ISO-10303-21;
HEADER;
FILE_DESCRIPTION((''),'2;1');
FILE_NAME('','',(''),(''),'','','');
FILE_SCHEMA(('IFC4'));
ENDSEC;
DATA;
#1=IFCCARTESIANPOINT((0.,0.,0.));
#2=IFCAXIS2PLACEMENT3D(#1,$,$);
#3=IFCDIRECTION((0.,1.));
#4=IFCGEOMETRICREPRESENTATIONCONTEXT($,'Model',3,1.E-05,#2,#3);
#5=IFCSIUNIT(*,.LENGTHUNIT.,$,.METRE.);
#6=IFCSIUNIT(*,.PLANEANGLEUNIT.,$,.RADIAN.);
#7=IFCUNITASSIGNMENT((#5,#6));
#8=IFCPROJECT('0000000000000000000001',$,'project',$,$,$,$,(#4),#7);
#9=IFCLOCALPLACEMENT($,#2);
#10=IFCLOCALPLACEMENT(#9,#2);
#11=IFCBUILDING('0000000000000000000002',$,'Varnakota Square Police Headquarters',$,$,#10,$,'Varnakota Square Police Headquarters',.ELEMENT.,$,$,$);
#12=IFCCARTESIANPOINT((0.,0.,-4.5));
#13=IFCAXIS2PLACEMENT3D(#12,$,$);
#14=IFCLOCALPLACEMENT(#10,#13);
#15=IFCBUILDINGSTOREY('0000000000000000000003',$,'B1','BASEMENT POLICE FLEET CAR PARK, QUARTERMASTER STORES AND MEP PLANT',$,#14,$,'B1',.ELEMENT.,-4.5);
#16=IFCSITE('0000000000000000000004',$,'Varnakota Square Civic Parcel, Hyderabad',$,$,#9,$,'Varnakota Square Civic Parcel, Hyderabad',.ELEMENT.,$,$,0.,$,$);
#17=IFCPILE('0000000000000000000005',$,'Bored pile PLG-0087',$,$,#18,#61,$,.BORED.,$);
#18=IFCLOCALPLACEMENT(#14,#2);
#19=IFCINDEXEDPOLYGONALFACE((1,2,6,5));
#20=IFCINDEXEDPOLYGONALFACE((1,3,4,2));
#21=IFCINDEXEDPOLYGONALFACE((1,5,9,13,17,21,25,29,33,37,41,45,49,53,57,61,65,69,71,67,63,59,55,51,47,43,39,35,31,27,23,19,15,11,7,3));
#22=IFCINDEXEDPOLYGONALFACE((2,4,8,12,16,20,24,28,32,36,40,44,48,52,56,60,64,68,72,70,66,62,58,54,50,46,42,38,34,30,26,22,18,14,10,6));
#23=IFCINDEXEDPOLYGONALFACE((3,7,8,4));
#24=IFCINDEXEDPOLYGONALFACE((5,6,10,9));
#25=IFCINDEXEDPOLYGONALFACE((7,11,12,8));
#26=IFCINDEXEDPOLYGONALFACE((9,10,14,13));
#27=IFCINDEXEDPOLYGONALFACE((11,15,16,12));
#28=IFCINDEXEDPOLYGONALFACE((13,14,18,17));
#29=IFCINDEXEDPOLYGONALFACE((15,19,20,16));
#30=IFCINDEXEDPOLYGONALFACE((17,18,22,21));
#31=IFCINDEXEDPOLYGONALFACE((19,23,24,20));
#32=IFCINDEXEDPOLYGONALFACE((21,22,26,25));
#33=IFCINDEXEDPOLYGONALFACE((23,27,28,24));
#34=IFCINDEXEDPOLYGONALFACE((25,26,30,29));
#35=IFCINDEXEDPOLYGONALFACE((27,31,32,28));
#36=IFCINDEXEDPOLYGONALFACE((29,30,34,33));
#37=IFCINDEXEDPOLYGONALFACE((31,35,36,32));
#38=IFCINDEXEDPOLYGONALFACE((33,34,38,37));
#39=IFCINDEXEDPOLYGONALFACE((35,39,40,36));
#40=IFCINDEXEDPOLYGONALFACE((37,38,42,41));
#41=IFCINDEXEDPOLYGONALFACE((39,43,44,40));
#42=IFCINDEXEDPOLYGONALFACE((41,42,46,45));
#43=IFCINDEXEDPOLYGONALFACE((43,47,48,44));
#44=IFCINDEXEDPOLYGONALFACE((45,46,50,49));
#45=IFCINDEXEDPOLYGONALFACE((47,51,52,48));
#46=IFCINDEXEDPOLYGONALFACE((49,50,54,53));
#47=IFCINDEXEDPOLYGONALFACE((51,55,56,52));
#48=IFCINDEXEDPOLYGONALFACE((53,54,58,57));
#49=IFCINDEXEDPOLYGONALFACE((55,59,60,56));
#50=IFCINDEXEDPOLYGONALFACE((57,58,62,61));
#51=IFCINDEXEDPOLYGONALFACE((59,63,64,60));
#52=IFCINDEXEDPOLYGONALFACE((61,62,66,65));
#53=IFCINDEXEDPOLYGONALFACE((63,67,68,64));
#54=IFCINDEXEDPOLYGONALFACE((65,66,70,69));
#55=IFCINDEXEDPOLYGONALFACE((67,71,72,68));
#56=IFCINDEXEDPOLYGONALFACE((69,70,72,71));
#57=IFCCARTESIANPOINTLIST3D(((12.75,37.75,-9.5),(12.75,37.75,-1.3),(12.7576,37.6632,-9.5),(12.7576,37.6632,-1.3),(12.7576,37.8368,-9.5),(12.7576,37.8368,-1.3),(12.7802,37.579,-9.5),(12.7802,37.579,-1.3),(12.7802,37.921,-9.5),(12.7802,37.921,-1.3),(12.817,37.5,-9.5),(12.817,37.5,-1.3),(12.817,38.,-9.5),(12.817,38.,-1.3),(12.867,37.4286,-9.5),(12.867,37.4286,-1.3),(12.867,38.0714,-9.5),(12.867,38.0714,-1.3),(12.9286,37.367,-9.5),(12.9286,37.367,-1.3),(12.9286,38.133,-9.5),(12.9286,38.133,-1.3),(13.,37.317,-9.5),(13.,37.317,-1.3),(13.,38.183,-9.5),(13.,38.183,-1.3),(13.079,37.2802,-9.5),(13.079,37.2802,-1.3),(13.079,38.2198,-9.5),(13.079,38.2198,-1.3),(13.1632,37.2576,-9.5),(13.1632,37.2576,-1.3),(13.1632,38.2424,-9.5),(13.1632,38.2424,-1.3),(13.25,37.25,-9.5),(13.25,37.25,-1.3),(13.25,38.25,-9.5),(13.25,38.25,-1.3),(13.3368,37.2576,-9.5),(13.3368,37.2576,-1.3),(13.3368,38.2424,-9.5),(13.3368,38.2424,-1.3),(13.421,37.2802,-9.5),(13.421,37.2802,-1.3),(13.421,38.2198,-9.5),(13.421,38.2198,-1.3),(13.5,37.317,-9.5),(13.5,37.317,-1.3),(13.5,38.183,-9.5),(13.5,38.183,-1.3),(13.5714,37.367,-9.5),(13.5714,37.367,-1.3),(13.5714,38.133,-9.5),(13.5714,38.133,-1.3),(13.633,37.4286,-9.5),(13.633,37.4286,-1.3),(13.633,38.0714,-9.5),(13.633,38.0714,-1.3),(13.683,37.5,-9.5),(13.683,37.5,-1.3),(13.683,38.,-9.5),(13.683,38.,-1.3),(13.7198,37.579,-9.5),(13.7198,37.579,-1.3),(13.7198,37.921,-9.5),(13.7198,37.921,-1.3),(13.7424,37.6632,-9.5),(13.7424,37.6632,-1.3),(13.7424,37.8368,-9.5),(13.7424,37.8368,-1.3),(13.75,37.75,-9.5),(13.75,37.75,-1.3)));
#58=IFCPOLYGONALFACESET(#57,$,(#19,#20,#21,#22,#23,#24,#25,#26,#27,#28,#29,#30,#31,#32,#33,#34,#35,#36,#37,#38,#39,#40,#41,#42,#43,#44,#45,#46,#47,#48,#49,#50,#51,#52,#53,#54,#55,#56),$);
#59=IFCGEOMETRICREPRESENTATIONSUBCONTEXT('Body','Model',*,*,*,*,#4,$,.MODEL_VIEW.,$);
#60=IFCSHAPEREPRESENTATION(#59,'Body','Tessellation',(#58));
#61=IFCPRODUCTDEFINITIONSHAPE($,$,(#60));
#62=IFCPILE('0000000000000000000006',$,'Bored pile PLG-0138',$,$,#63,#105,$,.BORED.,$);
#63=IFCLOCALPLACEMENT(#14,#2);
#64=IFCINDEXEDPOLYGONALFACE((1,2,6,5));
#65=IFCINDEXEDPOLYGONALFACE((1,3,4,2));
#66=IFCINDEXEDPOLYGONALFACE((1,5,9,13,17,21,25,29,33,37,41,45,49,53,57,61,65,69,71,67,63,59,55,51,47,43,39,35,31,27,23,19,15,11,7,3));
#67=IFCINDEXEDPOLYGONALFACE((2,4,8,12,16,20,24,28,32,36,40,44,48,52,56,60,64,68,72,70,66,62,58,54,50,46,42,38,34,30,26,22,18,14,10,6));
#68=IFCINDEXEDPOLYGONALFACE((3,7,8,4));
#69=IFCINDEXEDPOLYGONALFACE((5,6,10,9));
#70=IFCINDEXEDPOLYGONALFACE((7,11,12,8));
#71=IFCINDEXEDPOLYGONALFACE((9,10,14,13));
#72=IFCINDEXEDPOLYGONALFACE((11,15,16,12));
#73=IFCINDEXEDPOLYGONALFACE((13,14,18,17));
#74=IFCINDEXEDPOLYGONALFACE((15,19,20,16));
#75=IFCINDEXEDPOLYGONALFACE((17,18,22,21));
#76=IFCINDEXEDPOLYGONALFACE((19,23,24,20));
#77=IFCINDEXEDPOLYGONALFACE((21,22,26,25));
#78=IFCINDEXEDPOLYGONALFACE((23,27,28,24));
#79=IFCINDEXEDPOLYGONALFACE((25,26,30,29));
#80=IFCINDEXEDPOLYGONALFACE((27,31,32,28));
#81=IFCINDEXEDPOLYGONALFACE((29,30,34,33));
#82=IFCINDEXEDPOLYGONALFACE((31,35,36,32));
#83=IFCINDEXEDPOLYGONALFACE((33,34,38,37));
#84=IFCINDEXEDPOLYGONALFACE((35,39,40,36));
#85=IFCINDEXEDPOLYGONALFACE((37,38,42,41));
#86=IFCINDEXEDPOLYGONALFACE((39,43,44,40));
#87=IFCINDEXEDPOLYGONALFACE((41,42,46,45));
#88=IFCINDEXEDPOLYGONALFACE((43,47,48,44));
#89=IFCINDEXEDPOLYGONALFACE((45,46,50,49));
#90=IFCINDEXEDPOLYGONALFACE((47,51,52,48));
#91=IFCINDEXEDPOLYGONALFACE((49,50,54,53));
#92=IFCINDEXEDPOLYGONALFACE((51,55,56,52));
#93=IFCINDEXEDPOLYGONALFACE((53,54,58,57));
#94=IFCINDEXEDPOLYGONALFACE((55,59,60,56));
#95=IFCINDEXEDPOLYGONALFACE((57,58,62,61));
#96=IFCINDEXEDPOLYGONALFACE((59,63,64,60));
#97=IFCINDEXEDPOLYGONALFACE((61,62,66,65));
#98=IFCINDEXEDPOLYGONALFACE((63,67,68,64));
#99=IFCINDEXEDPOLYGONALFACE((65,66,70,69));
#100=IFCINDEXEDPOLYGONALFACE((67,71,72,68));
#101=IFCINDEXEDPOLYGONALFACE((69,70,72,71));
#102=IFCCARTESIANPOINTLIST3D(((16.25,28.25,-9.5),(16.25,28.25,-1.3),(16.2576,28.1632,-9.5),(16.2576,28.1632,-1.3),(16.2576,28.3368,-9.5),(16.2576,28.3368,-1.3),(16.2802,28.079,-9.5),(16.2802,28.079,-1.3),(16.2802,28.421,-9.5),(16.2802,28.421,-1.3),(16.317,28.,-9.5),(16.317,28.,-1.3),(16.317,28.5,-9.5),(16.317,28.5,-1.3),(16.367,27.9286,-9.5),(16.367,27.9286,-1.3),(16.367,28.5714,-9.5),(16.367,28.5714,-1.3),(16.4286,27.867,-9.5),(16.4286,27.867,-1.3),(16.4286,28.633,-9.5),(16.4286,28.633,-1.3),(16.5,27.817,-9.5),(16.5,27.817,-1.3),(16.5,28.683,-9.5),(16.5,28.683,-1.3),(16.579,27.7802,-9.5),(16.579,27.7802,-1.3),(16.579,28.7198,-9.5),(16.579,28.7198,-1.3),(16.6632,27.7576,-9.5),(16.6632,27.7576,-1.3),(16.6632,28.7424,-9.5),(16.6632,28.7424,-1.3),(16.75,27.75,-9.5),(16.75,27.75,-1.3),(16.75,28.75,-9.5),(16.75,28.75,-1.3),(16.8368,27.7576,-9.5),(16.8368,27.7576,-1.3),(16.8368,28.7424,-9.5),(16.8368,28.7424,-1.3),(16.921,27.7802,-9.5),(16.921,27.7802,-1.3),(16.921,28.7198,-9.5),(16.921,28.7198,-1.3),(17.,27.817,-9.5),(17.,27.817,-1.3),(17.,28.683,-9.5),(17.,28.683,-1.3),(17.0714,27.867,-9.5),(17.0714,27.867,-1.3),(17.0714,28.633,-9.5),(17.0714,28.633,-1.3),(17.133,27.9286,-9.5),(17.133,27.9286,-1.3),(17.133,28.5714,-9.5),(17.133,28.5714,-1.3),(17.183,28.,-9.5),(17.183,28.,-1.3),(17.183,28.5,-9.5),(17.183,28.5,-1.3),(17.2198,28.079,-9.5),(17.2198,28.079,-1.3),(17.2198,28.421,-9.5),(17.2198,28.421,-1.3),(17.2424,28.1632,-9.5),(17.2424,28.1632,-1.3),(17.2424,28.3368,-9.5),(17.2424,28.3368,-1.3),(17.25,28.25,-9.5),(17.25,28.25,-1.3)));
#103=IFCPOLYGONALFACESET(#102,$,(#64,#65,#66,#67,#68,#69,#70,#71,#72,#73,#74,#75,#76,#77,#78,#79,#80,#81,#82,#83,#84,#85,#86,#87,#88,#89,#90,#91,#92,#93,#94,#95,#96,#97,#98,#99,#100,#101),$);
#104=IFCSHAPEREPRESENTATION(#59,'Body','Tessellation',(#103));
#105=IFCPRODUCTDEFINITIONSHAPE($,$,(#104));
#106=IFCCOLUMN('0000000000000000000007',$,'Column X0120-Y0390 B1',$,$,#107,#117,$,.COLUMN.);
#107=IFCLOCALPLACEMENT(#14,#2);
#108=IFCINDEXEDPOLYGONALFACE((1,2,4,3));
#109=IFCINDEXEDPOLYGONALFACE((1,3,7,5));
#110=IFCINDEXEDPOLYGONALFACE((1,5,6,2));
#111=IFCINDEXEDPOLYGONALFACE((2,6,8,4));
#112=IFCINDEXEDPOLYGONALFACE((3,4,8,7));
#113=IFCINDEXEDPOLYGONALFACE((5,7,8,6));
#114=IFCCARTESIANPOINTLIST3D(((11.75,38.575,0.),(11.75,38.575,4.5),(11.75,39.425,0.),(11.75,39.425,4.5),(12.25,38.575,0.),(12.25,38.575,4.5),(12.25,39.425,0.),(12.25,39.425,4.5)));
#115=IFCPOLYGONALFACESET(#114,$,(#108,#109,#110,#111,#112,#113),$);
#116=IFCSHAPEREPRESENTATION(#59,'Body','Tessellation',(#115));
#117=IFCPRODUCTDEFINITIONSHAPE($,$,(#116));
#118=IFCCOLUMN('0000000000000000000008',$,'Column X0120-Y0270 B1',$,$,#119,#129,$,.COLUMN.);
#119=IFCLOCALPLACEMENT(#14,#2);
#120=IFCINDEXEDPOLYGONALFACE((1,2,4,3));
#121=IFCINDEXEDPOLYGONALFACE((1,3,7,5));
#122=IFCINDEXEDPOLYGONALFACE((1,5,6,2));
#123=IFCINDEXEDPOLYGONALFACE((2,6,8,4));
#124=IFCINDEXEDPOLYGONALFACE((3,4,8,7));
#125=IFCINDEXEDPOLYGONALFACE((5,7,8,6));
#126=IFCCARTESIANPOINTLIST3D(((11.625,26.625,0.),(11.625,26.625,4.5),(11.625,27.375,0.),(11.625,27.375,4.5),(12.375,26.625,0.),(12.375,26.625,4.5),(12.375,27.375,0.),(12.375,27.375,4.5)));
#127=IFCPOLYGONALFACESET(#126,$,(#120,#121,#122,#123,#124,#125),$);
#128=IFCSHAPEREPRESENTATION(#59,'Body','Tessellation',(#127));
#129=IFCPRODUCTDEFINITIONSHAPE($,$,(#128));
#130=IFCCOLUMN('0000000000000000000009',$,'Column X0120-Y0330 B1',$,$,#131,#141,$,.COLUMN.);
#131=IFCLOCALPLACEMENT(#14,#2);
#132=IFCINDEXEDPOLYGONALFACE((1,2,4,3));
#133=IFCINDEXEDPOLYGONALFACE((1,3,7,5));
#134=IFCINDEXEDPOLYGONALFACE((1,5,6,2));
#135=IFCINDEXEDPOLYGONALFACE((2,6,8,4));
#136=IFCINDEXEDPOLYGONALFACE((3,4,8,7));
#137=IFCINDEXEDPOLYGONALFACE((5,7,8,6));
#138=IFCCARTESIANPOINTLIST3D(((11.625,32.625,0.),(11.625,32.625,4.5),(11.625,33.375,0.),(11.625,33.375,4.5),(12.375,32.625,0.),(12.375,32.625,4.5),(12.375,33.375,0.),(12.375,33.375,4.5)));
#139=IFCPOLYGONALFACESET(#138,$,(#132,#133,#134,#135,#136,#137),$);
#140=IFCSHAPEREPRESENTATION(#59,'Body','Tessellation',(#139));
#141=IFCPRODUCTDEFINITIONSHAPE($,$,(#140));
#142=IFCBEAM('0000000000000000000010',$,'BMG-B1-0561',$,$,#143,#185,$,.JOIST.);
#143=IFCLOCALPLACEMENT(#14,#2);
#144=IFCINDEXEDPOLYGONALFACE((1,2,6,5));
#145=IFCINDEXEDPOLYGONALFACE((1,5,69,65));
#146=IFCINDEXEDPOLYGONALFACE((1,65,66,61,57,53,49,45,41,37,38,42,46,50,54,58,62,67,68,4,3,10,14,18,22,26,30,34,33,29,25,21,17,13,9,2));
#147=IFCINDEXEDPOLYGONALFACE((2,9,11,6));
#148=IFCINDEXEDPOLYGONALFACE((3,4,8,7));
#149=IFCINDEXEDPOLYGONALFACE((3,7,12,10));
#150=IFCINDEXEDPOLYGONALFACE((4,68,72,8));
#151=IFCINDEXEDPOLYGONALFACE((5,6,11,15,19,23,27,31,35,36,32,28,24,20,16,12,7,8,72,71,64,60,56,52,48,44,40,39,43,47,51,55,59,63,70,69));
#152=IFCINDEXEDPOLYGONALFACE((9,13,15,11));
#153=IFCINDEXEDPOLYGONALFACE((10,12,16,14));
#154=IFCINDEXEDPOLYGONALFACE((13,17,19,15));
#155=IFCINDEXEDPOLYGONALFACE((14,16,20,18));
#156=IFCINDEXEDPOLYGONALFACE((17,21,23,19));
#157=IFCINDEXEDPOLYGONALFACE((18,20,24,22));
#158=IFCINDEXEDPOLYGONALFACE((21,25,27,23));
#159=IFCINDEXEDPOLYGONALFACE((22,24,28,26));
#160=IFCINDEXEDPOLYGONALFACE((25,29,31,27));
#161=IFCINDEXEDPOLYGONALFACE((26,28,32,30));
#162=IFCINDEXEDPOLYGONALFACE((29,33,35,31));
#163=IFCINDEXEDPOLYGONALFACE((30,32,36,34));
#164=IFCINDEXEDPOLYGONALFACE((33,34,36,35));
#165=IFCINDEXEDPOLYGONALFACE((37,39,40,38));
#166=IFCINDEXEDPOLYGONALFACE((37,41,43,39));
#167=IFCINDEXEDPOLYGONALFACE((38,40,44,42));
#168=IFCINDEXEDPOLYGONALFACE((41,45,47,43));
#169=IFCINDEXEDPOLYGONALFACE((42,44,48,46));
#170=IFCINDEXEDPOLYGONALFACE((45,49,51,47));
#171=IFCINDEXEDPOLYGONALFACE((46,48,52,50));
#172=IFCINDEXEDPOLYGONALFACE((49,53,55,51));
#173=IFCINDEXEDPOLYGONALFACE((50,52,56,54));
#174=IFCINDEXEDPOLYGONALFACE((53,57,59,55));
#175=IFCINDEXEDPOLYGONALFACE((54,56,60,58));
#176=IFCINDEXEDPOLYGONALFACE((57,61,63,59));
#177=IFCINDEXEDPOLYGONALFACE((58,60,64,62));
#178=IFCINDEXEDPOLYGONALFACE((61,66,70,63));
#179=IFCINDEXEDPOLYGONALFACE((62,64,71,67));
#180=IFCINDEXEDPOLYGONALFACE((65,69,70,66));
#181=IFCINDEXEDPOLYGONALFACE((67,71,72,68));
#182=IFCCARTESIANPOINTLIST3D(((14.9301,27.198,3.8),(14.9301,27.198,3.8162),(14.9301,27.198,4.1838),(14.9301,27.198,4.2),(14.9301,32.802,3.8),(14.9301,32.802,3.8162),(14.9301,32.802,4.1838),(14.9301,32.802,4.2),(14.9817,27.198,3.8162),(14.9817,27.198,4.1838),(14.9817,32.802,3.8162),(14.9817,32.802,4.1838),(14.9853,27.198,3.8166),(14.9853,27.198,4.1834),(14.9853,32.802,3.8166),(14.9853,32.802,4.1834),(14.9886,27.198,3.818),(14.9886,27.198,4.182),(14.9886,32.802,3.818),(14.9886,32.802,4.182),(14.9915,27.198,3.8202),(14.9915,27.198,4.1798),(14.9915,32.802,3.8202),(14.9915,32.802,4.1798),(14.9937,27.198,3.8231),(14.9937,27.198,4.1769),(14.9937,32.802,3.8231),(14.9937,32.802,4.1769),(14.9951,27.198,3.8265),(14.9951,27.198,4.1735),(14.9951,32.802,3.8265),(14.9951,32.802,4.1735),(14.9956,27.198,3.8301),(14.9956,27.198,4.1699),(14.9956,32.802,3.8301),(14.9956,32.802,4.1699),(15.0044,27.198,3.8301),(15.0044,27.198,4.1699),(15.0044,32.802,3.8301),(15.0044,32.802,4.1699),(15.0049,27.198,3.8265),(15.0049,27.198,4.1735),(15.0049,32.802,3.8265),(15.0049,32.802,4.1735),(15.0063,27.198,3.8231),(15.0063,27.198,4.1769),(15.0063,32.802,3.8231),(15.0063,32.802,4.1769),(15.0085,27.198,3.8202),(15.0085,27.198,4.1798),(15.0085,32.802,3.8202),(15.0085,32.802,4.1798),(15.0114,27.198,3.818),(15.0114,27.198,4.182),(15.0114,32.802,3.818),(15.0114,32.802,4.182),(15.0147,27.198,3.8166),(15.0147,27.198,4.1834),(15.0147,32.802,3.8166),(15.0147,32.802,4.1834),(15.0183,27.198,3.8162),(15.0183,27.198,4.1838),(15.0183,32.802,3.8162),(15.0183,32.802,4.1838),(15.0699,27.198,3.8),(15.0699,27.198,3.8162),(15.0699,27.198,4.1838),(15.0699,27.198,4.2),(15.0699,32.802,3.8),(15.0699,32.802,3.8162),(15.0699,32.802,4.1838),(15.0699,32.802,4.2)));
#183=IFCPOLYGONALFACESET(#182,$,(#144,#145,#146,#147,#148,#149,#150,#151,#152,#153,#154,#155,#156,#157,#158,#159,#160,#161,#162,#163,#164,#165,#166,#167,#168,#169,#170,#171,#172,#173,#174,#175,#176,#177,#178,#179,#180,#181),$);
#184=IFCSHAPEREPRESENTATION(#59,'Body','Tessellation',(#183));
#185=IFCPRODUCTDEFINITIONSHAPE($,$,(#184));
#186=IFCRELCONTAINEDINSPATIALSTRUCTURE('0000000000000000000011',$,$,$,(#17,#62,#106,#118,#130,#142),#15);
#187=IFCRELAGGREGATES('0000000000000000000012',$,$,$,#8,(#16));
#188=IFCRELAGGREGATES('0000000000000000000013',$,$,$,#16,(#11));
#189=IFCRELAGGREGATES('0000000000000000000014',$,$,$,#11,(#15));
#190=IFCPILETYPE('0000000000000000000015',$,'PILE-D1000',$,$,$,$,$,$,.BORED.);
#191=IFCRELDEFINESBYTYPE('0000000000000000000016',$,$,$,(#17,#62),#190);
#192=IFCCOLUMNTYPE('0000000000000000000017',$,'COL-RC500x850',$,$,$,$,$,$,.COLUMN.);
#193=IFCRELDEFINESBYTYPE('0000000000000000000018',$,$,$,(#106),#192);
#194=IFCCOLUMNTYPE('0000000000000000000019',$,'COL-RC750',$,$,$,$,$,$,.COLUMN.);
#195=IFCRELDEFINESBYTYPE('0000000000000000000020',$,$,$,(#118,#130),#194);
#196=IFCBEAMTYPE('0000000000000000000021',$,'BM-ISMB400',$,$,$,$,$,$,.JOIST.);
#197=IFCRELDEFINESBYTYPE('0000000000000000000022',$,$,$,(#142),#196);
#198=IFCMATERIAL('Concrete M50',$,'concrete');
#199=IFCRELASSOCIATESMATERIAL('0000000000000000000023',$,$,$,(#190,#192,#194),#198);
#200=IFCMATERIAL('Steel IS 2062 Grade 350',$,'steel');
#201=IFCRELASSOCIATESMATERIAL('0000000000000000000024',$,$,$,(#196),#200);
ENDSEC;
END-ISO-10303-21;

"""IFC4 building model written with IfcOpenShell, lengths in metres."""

from ifc_helpers import new_model, si_unit, direction, frame, origin, origin_2d, place, context, subcontext, project, spatial, rectangle, circle, i_section, extrude, material, material_profile, profile_set, type_object, element, save


model = new_model("IFC4")

# Units and contexts
model_context = context("Model", 3, precision=1e-05, world=origin(), true_north=direction((0.0, 1.0)))
body_context = subcontext(model_context, "Body", "Model", "MODEL_VIEW")
ifc_project = project(units=[si_unit("LENGTHUNIT", "METRE"), si_unit("PLANEANGLEUNIT", "RADIAN")], contexts=[model_context])

# Site, building, storey
site_placement = place(None, origin())
site = spatial("IfcSite", under=ifc_project, at=site_placement, Name="Varnakota Square Civic Parcel, Hyderabad", LongName="Varnakota Square Civic Parcel, Hyderabad", CompositionType="ELEMENT", RefElevation=0.0)
building_placement = place(site_placement, origin())
building = spatial("IfcBuilding", under=site, at=building_placement, Name="Varnakota Square Police Headquarters", LongName="Varnakota Square Police Headquarters", CompositionType="ELEMENT")
storey_placement = place(building_placement, frame((0.0, 0.0, -4.5)))
storey = spatial("IfcBuildingStorey", under=building, at=storey_placement, Name="B1", Description="BASEMENT POLICE FLEET CAR PARK, QUARTERMASTER STORES AND MEP PLANT", LongName="B1", CompositionType="ELEMENT", Elevation=-4.5)

# Shared definitions
ifc_material_1 = material(Name="Concrete M50", Category="concrete")

# Piles
ifc_material_profile_1 = material_profile(ifc_material_1, circle(Radius=0.5, at=origin_2d()), Name="BORED PILE 1000")
ifc_profile_set_1 = profile_set([ifc_material_profile_1], Name="Concrete M50")
pile_type = type_object("IfcPileType", Name="PILE-D1000", PredefinedType="BORED", material=ifc_profile_set_1)
for number, where, z_axis, x_axis, name in (
    (1, (13.25, 37.75, -1.3), (0.0, 0.0, -1.0), (1.0, 0.0, 0.0), "Bored pile PLG-0087"),
    (2, (16.75, 28.25, -1.3), (0.0, 0.0, -1.0), (1.0, 0.0, 0.0), "Bored pile PLG-0138"),
):
    element("IfcPile", number, at=place(storey_placement, frame(where, z_axis=z_axis, x_axis=x_axis)), inside=storey, type_object=pile_type, Name=name, PredefinedType="BORED", context=body_context, shape_type="SweptSolid", body=[
        extrude(circle(Radius=0.5, at=origin_2d()), origin(), (0.0, 0.0, 1.0), 8.2),
    ])

# Columns
ifc_material_profile_2 = material_profile(ifc_material_1, rectangle(XDim=0.5, YDim=0.8501, at=origin_2d()), Name="RC 500x850")
ifc_profile_set_2 = profile_set([ifc_material_profile_2], Name="Concrete M50")
column_type_1 = type_object("IfcColumnType", Name="COL-RC500x850", PredefinedType="COLUMN", material=ifc_profile_set_2)
column_placement = place(storey_placement, frame((12.0, 39.0, 0.0), z_axis=(0.0, 0.0, 1.0), x_axis=(1.0, 0.0, 0.0)))
element("IfcColumn", 3, at=column_placement, inside=storey, type_object=column_type_1, Name="Column X0120-Y0390 B1", PredefinedType="COLUMN", context=body_context, shape_type="SweptSolid", body=[
    extrude(rectangle(XDim=0.5, YDim=0.8501, at=origin_2d()), origin(), (0.0, 0.0, 1.0), 4.5),
])
ifc_material_profile_3 = material_profile(ifc_material_1, rectangle(XDim=0.75, YDim=0.75, at=origin_2d()), Name="RC 750x750")
ifc_profile_set_3 = profile_set([ifc_material_profile_3], Name="Concrete M50")
column_type_2 = type_object("IfcColumnType", Name="COL-RC750", PredefinedType="COLUMN", material=ifc_profile_set_3)
for number, where, z_axis, x_axis, name in (
    (4, (12.0, 27.0, 0.0), (0.0, 0.0, 1.0), (1.0, 0.0, 0.0), "Column X0120-Y0270 B1"),
    (5, (12.0, 33.0, 0.0), (0.0, 0.0, 1.0), (1.0, 0.0, 0.0), "Column X0120-Y0330 B1"),
):
    element("IfcColumn", number, at=place(storey_placement, frame(where, z_axis=z_axis, x_axis=x_axis)), inside=storey, type_object=column_type_2, Name=name, PredefinedType="COLUMN", context=body_context, shape_type="SweptSolid", body=[
        extrude(rectangle(XDim=0.75, YDim=0.75, at=origin_2d()), origin(), (0.0, 0.0, 1.0), 4.5),
    ])

# Beam
ifc_material_2 = material(Name="Steel IS 2062 Grade 350", Category="steel")
ifc_material_profile_4 = material_profile(ifc_material_2, i_section(OverallWidth=0.1399, OverallDepth=0.3999, WebThickness=0.0088, FlangeThickness=0.0161, FilletRadius=0.0139, at=origin_2d()), Name="ISMB 400")
ifc_profile_set_4 = profile_set([ifc_material_profile_4], Name="Steel IS 2062 Grade 350")
beam_type_1 = type_object("IfcBeamType", Name="BM-ISMB400", PredefinedType="JOIST", material=ifc_profile_set_4)
beam_placement = place(storey_placement, frame((15.0, 27.198, 4.0), z_axis=(0.0, 1.0, 0.0), x_axis=(-1.0, 0.0, 0.0)))
element("IfcBeam", 6, at=beam_placement, inside=storey, type_object=beam_type_1, Name="BMG-B1-0561", PredefinedType="JOIST", context=body_context, shape_type="SweptSolid", body=[
    extrude(i_section(OverallWidth=0.1399, OverallDepth=0.3999, WebThickness=0.0088, FlangeThickness=0.0161, FilletRadius=0.0139, at=origin_2d()), origin(), (0.0, 0.0, 1.0), 5.604),
])

save(model, "model.ifc")
